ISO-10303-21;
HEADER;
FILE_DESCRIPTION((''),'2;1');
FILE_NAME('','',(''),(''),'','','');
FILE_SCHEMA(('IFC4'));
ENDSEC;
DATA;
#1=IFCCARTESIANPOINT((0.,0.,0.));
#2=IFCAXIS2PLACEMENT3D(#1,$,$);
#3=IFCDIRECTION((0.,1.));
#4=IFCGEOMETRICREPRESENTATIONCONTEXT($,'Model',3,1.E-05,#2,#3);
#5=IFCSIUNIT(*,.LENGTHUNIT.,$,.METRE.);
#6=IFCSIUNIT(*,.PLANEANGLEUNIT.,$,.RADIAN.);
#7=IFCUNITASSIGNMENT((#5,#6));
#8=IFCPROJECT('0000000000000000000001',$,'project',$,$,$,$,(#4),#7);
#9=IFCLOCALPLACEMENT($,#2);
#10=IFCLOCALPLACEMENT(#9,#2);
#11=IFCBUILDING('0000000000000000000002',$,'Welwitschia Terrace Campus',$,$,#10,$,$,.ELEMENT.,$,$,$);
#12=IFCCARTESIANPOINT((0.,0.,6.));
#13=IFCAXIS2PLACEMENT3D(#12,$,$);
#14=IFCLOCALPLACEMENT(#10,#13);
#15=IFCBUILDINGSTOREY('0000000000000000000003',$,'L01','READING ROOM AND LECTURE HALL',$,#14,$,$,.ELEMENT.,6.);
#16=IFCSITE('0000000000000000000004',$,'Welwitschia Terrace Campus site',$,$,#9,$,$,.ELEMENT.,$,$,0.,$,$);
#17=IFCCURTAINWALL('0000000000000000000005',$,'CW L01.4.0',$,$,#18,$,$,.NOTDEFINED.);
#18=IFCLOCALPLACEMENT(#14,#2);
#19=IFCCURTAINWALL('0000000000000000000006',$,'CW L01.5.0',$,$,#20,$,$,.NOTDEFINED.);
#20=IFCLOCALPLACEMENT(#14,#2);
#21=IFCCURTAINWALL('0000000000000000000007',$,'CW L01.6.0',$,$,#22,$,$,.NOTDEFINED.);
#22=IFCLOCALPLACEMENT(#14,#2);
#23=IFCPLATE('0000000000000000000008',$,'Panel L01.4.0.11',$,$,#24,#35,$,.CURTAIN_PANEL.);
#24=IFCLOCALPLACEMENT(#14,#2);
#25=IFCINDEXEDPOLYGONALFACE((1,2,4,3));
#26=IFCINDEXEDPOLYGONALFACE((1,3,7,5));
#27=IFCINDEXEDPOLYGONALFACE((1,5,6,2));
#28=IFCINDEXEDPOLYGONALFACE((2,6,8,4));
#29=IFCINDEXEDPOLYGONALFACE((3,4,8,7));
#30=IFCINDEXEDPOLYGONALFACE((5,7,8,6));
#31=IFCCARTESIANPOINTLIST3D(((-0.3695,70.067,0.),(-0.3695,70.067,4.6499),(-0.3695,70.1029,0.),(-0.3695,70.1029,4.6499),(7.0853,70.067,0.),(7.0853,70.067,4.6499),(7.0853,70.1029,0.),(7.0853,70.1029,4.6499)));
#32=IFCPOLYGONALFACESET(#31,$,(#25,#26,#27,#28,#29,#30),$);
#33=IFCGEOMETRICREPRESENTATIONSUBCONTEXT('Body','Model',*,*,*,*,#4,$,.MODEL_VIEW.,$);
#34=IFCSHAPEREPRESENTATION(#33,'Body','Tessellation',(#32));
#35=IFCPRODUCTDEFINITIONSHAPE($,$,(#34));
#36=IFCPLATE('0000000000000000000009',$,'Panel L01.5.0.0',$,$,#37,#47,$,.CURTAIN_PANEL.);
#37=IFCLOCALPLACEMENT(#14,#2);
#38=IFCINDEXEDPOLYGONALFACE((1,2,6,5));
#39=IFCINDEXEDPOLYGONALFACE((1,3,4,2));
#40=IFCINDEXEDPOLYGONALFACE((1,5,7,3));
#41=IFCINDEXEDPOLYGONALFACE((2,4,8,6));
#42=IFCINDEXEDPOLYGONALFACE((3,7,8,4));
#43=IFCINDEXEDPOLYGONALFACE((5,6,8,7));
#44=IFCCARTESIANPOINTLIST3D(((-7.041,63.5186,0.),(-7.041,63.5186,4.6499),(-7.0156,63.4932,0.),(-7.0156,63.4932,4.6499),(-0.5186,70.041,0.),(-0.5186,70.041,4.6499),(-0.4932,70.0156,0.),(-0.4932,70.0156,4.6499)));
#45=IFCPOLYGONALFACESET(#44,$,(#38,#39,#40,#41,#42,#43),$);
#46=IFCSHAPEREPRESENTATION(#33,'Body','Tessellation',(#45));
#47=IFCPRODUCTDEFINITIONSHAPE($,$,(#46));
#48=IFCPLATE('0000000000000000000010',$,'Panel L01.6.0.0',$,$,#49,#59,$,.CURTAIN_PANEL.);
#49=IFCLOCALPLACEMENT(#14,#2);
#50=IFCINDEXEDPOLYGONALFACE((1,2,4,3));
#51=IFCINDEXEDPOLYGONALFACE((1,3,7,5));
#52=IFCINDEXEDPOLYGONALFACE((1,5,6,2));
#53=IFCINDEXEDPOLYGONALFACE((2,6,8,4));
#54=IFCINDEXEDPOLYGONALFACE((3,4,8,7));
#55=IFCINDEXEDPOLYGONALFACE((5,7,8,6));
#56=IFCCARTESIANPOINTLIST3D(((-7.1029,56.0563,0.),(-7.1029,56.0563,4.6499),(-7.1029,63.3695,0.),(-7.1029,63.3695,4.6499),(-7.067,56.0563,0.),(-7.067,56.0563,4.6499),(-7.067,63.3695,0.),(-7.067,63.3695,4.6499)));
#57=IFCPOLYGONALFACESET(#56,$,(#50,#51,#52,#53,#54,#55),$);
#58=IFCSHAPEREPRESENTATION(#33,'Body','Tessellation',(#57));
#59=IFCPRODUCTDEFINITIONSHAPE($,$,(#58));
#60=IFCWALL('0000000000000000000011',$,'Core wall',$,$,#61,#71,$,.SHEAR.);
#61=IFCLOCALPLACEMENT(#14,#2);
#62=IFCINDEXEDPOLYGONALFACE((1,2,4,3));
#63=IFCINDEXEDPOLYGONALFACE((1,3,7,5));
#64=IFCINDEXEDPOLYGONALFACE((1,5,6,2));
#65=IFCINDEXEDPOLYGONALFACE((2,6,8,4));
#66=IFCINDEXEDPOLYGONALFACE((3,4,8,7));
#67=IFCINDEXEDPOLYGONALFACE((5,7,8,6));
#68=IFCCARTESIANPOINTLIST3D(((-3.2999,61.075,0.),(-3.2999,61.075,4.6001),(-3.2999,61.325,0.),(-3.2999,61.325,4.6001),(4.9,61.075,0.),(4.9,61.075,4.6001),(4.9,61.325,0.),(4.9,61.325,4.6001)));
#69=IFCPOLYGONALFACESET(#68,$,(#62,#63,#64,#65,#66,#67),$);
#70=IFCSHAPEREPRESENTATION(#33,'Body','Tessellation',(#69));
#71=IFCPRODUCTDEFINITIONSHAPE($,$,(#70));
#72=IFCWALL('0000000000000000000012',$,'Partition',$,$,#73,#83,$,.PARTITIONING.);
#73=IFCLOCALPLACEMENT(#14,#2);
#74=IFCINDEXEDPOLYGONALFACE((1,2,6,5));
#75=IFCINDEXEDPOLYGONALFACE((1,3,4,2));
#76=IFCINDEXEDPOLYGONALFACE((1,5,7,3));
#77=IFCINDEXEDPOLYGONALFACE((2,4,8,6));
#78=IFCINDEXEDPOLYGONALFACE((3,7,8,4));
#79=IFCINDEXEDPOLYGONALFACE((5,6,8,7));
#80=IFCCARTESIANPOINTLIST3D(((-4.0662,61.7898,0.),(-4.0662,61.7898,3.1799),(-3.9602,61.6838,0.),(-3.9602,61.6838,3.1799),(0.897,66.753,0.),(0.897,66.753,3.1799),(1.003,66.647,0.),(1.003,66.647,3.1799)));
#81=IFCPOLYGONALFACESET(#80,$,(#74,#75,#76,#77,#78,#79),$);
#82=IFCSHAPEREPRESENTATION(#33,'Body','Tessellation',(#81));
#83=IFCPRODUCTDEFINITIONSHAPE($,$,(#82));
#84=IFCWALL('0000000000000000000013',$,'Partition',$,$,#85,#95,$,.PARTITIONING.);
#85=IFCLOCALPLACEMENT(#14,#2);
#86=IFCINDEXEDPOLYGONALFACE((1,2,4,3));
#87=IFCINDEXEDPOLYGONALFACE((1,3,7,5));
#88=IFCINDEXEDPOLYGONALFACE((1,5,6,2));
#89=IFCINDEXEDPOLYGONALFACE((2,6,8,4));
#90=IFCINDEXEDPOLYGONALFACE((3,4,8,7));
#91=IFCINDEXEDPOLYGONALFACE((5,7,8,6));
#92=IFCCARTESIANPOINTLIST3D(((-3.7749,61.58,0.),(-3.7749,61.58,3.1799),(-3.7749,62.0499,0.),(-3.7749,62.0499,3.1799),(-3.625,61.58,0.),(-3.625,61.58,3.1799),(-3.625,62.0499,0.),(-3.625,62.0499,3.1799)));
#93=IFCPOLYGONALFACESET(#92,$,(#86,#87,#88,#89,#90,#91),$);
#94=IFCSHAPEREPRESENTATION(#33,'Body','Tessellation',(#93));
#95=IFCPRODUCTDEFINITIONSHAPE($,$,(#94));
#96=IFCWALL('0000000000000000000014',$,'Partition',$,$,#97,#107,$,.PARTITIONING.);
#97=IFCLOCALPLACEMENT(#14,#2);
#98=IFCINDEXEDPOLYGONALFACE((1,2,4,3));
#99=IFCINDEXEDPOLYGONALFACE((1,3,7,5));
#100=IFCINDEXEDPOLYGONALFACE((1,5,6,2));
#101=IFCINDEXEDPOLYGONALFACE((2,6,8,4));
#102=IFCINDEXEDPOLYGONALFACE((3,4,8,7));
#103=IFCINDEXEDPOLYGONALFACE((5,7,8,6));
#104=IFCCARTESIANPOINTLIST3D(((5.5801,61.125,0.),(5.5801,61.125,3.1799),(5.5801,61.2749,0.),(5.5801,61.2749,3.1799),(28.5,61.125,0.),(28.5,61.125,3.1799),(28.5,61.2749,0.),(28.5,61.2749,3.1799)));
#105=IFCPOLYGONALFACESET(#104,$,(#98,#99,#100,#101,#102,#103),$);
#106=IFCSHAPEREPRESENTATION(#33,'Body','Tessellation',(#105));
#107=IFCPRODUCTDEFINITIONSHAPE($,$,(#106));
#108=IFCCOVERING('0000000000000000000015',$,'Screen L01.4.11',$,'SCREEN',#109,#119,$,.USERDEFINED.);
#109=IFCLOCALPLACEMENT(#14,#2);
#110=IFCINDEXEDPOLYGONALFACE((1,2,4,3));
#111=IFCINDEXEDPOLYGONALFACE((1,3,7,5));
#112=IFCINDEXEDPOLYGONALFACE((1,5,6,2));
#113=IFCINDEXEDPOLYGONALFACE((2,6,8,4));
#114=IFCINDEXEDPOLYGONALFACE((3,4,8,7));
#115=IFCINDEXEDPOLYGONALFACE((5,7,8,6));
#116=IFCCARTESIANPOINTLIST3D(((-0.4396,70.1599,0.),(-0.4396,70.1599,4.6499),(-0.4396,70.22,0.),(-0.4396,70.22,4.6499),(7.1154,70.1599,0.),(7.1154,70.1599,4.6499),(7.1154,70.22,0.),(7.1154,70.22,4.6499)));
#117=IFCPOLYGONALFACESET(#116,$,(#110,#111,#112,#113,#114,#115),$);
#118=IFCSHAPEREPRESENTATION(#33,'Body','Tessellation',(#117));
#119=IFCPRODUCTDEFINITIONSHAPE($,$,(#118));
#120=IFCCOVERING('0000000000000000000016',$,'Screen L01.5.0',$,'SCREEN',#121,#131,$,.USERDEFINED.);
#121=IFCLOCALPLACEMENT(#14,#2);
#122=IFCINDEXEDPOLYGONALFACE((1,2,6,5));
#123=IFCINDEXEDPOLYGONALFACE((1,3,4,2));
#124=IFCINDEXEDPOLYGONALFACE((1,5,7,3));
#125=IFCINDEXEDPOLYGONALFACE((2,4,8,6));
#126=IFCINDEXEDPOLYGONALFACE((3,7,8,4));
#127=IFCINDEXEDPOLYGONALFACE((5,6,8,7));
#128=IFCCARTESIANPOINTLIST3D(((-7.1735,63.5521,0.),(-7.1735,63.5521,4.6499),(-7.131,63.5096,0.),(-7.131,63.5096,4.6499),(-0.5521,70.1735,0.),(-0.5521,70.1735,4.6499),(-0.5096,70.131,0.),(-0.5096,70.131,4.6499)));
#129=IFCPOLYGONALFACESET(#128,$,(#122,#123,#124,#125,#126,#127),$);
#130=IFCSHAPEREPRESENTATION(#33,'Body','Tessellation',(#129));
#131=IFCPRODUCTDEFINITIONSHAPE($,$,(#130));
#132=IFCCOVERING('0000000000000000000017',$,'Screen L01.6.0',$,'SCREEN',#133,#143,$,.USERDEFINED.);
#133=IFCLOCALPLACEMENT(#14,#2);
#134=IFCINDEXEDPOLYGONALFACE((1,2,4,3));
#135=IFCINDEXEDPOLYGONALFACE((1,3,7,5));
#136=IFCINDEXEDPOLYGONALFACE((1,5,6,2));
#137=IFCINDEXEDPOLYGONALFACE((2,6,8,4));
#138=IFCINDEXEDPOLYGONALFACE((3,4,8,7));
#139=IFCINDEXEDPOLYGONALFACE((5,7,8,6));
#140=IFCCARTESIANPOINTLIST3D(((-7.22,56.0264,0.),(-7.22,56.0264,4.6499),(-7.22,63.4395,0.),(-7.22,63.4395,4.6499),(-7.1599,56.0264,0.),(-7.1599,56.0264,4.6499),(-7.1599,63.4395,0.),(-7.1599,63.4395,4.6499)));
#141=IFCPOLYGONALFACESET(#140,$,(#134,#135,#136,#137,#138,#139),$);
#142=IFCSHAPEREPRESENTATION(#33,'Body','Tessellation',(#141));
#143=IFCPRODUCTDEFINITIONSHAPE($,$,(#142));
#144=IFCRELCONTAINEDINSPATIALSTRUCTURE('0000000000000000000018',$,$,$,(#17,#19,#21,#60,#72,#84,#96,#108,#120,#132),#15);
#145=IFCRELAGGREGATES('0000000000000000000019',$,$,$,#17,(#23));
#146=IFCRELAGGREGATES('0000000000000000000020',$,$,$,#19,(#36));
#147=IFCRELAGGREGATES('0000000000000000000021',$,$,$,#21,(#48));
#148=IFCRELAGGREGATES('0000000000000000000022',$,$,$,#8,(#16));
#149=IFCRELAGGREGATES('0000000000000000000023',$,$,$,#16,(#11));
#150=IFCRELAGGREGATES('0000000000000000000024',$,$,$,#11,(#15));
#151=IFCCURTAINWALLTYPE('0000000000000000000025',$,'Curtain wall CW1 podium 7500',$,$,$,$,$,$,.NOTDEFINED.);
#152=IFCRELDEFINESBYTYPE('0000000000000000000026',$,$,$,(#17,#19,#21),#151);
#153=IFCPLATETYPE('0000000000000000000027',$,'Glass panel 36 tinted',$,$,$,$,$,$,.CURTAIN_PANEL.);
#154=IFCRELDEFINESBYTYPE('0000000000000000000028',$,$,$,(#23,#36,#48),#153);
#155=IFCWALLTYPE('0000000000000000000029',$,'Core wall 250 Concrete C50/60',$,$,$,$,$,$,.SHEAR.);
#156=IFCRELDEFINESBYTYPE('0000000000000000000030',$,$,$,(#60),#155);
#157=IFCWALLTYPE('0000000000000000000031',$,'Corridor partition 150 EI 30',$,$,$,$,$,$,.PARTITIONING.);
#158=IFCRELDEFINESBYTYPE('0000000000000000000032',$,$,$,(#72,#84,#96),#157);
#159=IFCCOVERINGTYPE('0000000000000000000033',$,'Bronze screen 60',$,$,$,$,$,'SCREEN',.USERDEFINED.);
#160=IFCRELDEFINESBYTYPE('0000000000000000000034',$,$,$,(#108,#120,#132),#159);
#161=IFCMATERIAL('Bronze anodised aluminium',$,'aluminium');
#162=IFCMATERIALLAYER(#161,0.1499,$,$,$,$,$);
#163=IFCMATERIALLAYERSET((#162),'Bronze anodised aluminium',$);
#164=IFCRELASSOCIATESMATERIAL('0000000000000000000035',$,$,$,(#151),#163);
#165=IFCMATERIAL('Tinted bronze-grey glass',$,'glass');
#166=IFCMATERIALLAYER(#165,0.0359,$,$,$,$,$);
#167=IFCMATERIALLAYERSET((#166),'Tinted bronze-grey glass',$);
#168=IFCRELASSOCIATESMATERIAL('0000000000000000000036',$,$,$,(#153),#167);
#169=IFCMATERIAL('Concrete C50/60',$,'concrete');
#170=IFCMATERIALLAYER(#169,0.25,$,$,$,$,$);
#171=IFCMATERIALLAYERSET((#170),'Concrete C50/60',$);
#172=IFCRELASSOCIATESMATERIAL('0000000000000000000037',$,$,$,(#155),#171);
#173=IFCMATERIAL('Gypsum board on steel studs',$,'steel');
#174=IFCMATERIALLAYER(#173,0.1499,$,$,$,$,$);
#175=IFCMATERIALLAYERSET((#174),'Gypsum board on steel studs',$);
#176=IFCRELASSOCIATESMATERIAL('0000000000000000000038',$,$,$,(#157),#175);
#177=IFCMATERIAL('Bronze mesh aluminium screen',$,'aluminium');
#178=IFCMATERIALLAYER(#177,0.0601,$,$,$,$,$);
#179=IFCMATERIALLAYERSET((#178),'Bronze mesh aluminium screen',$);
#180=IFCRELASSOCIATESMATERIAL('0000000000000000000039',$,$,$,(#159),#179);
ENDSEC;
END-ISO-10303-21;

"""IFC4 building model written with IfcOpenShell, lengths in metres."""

from ifc_helpers import new_model, si_unit, direction, frame, frame_2d, origin, origin_2d, place, context, subcontext, project, spatial, rectangle, extrude, material, layer, layer_set, type_object, element, aggregate, save


model = new_model("IFC4")

# Units and contexts
model_context = context("Model", 3, precision=1e-05, world=origin(), true_north=direction((0.0, 1.0)))
body_context = subcontext(model_context, "Body", "Model", "MODEL_VIEW")
ifc_project = project(units=[si_unit("LENGTHUNIT", "METRE"), si_unit("PLANEANGLEUNIT", "RADIAN")], contexts=[model_context])

# Site, building, storey
site_placement = place(None, origin())
site = spatial("IfcSite", under=ifc_project, at=site_placement, Name="Welwitschia Terrace Campus site", CompositionType="ELEMENT", RefElevation=0.0)
building_placement = place(site_placement, origin())
building = spatial("IfcBuilding", under=site, at=building_placement, Name="Welwitschia Terrace Campus", CompositionType="ELEMENT")
storey_placement = place(building_placement, frame((0.0, 0.0, 6.0)))
storey = spatial("IfcBuildingStorey", under=building, at=storey_placement, Name="L01", Description="READING ROOM AND LECTURE HALL", CompositionType="ELEMENT", Elevation=6.0)

# Curtain walls
ifc_material_1 = material(Name="Bronze anodised aluminium", Category="aluminium")
ifc_layer_1 = layer(ifc_material_1, 0.1499)
ifc_layer_set_1 = layer_set([ifc_layer_1], Name="Bronze anodised aluminium")
curtain_wall_type = type_object("IfcCurtainWallType", Name="Curtain wall CW1 podium 7500", PredefinedType="NOTDEFINED", material=ifc_layer_set_1)
curtain_wall_1_placement = place(storey_placement, origin())
curtain_wall_1 = element("IfcCurtainWall", 1, at=curtain_wall_1_placement, inside=storey, type_object=curtain_wall_type, Name="CW L01.4.0", PredefinedType="NOTDEFINED")
curtain_wall_2_placement = place(storey_placement, origin())
curtain_wall_2 = element("IfcCurtainWall", 2, at=curtain_wall_2_placement, inside=storey, type_object=curtain_wall_type, Name="CW L01.5.0", PredefinedType="NOTDEFINED")

# Curtain wall
curtain_wall_3_placement = place(storey_placement, origin())
curtain_wall_3 = element("IfcCurtainWall", 3, at=curtain_wall_3_placement, inside=storey, type_object=curtain_wall_type, Name="CW L01.6.0", PredefinedType="NOTDEFINED")

# Plates
ifc_material_2 = material(Name="Tinted bronze-grey glass", Category="glass")
ifc_layer_2 = layer(ifc_material_2, 0.0359)
ifc_layer_set_2 = layer_set([ifc_layer_2], Name="Tinted bronze-grey glass")
plate_type = type_object("IfcPlateType", Name="Glass panel 36 tinted", PredefinedType="CURTAIN_PANEL", material=ifc_layer_set_2)
plate_1_placement = place(storey_placement, frame((3.3579, 70.085, 0.0), z_axis=(0.0, 0.0, 1.0), x_axis=(-1.0, 0.0, 0.0)))
plate_1 = element("IfcPlate", 4, at=plate_1_placement, type_object=plate_type, Name="Panel L01.4.0.11", PredefinedType="CURTAIN_PANEL", context=body_context, shape_type="SweptSolid", body=[
    extrude(rectangle(XDim=7.4548, YDim=0.0359, at=origin_2d()), origin(), (0.0, 0.0, 1.0), 4.6499),
])
aggregate(curtain_wall_1, [plate_1])
plate_2_placement = place(storey_placement, frame((-3.7671, 66.7671, 0.0), z_axis=(0.0, 0.0, 1.0), x_axis=(-0.707107, -0.707107, 0.0)))
plate_2 = element("IfcPlate", 5, at=plate_2_placement, type_object=plate_type, Name="Panel L01.5.0.0", PredefinedType="CURTAIN_PANEL", context=body_context, shape_type="SweptSolid", body=[
    extrude(rectangle(XDim=9.2241, YDim=0.0359, at=origin_2d()), origin(), (0.0, 0.0, 1.0), 4.6499),
])
aggregate(curtain_wall_2, [plate_2])
plate_3_placement = place(storey_placement, frame((-7.085, 59.7129, 0.0), z_axis=(0.0, 0.0, 1.0), x_axis=(0.0, -1.0, 0.0)))
plate_3 = element("IfcPlate", 6, at=plate_3_placement, type_object=plate_type, Name="Panel L01.6.0.0", PredefinedType="CURTAIN_PANEL", context=body_context, shape_type="SweptSolid", body=[
    extrude(rectangle(XDim=7.3132, YDim=0.0359, at=origin_2d()), origin(), (0.0, 0.0, 1.0), 4.6499),
])
aggregate(curtain_wall_3, [plate_3])

# Walls
ifc_material_3 = material(Name="Concrete C50/60", Category="concrete")
ifc_layer_3 = layer(ifc_material_3, 0.25)
ifc_layer_set_3 = layer_set([ifc_layer_3], Name="Concrete C50/60")
wall_type_1 = type_object("IfcWallType", Name="Core wall 250 Concrete C50/60", PredefinedType="SHEAR", material=ifc_layer_set_3)
wall_1_placement = place(storey_placement, frame((-3.3, 61.2, 0.0), z_axis=(0.0, 0.0, 1.0), x_axis=(1.0, 0.0, 0.0)))
element("IfcWall", 7, at=wall_1_placement, inside=storey, type_object=wall_type_1, Name="Core wall", PredefinedType="SHEAR", context=body_context, shape_type="SweptSolid", body=[
    extrude(rectangle(XDim=8.2, YDim=0.25, at=frame_2d((4.1001, 0.0))), origin(), (0.0, 0.0, 1.0), 4.6001),
])
ifc_material_4 = material(Name="Gypsum board on steel studs", Category="steel")
ifc_layer_4 = layer(ifc_material_4, 0.1499)
ifc_layer_set_4 = layer_set([ifc_layer_4], Name="Gypsum board on steel studs")
wall_type_2 = type_object("IfcWallType", Name="Corridor partition 150 EI 30", PredefinedType="PARTITIONING", material=ifc_layer_set_4)
wall_2_placement = place(storey_placement, frame((-4.0132, 61.7368, 0.0), z_axis=(0.0, 0.0, 1.0), x_axis=(0.707107, 0.707107, 0.0)))
element("IfcWall", 8, at=wall_2_placement, inside=storey, type_object=wall_type_2, Name="Partition", PredefinedType="PARTITIONING", context=body_context, shape_type="SweptSolid", body=[
    extrude(rectangle(XDim=7.019, YDim=0.1499, at=frame_2d((3.5095, 0.0))), origin(), (0.0, 0.0, 1.0), 3.1799),
])
wall_3_placement = place(storey_placement, frame((-3.7, 61.5801, 0.0), z_axis=(0.0, 0.0, 1.0), x_axis=(0.0, 1.0, 0.0)))
element("IfcWall", 9, at=wall_3_placement, inside=storey, type_object=wall_type_2, Name="Partition", PredefinedType="PARTITIONING", context=body_context, shape_type="SweptSolid", body=[
    extrude(rectangle(XDim=0.47, YDim=0.1499, at=frame_2d((0.2349, 0.0))), origin(), (0.0, 0.0, 1.0), 3.1799),
])
wall_4_placement = place(storey_placement, frame((5.5801, 61.2, 0.0), z_axis=(0.0, 0.0, 1.0), x_axis=(1.0, 0.0, 0.0)))
element("IfcWall", 10, at=wall_4_placement, inside=storey, type_object=wall_type_2, Name="Partition", PredefinedType="PARTITIONING", context=body_context, shape_type="SweptSolid", body=[
    extrude(rectangle(XDim=22.9199, YDim=0.1499, at=frame_2d((11.46, 0.0))), origin(), (0.0, 0.0, 1.0), 3.1799),
])

# Coverings
ifc_material_5 = material(Name="Bronze mesh aluminium screen", Category="aluminium")
ifc_layer_5 = layer(ifc_material_5, 0.0601)
ifc_layer_set_5 = layer_set([ifc_layer_5], Name="Bronze mesh aluminium screen")
covering_type = type_object("IfcCoveringType", Name="Bronze screen 60", ElementType="SCREEN", PredefinedType="USERDEFINED", material=ifc_layer_set_5)
covering_1_placement = place(storey_placement, frame((3.3379, 70.1899, 0.0), z_axis=(0.0, 0.0, 1.0), x_axis=(-1.0, 0.0, 0.0)))
element("IfcCovering", 11, at=covering_1_placement, inside=storey, type_object=covering_type, Name="Screen L01.4.11", ObjectType="SCREEN", PredefinedType="USERDEFINED", context=body_context, shape_type="SweptSolid", body=[
    extrude(rectangle(XDim=7.5549, YDim=0.0601, at=origin_2d()), origin(), (0.0, 0.0, 1.0), 4.6499),
])
covering_2_placement = place(storey_placement, frame((-3.8416, 66.8416, 0.0), z_axis=(0.0, 0.0, 1.0), x_axis=(-0.707107, -0.707107, 0.0)))
element("IfcCovering", 12, at=covering_2_placement, inside=storey, type_object=covering_type, Name="Screen L01.5.0", ObjectType="SCREEN", PredefinedType="USERDEFINED", context=body_context, shape_type="SweptSolid", body=[
    extrude(rectangle(XDim=9.364, YDim=0.0601, at=origin_2d()), origin(), (0.0, 0.0, 1.0), 4.6499),
])
covering_3_placement = place(storey_placement, frame((-7.1899, 59.7329, 0.0), z_axis=(0.0, 0.0, 1.0), x_axis=(0.0, -1.0, 0.0)))
element("IfcCovering", 13, at=covering_3_placement, inside=storey, type_object=covering_type, Name="Screen L01.6.0", ObjectType="SCREEN", PredefinedType="USERDEFINED", context=body_context, shape_type="SweptSolid", body=[
    extrude(rectangle(XDim=7.4131, YDim=0.0601, at=origin_2d()), origin(), (0.0, 0.0, 1.0), 4.6499),
])

save(model, "model.ifc")
